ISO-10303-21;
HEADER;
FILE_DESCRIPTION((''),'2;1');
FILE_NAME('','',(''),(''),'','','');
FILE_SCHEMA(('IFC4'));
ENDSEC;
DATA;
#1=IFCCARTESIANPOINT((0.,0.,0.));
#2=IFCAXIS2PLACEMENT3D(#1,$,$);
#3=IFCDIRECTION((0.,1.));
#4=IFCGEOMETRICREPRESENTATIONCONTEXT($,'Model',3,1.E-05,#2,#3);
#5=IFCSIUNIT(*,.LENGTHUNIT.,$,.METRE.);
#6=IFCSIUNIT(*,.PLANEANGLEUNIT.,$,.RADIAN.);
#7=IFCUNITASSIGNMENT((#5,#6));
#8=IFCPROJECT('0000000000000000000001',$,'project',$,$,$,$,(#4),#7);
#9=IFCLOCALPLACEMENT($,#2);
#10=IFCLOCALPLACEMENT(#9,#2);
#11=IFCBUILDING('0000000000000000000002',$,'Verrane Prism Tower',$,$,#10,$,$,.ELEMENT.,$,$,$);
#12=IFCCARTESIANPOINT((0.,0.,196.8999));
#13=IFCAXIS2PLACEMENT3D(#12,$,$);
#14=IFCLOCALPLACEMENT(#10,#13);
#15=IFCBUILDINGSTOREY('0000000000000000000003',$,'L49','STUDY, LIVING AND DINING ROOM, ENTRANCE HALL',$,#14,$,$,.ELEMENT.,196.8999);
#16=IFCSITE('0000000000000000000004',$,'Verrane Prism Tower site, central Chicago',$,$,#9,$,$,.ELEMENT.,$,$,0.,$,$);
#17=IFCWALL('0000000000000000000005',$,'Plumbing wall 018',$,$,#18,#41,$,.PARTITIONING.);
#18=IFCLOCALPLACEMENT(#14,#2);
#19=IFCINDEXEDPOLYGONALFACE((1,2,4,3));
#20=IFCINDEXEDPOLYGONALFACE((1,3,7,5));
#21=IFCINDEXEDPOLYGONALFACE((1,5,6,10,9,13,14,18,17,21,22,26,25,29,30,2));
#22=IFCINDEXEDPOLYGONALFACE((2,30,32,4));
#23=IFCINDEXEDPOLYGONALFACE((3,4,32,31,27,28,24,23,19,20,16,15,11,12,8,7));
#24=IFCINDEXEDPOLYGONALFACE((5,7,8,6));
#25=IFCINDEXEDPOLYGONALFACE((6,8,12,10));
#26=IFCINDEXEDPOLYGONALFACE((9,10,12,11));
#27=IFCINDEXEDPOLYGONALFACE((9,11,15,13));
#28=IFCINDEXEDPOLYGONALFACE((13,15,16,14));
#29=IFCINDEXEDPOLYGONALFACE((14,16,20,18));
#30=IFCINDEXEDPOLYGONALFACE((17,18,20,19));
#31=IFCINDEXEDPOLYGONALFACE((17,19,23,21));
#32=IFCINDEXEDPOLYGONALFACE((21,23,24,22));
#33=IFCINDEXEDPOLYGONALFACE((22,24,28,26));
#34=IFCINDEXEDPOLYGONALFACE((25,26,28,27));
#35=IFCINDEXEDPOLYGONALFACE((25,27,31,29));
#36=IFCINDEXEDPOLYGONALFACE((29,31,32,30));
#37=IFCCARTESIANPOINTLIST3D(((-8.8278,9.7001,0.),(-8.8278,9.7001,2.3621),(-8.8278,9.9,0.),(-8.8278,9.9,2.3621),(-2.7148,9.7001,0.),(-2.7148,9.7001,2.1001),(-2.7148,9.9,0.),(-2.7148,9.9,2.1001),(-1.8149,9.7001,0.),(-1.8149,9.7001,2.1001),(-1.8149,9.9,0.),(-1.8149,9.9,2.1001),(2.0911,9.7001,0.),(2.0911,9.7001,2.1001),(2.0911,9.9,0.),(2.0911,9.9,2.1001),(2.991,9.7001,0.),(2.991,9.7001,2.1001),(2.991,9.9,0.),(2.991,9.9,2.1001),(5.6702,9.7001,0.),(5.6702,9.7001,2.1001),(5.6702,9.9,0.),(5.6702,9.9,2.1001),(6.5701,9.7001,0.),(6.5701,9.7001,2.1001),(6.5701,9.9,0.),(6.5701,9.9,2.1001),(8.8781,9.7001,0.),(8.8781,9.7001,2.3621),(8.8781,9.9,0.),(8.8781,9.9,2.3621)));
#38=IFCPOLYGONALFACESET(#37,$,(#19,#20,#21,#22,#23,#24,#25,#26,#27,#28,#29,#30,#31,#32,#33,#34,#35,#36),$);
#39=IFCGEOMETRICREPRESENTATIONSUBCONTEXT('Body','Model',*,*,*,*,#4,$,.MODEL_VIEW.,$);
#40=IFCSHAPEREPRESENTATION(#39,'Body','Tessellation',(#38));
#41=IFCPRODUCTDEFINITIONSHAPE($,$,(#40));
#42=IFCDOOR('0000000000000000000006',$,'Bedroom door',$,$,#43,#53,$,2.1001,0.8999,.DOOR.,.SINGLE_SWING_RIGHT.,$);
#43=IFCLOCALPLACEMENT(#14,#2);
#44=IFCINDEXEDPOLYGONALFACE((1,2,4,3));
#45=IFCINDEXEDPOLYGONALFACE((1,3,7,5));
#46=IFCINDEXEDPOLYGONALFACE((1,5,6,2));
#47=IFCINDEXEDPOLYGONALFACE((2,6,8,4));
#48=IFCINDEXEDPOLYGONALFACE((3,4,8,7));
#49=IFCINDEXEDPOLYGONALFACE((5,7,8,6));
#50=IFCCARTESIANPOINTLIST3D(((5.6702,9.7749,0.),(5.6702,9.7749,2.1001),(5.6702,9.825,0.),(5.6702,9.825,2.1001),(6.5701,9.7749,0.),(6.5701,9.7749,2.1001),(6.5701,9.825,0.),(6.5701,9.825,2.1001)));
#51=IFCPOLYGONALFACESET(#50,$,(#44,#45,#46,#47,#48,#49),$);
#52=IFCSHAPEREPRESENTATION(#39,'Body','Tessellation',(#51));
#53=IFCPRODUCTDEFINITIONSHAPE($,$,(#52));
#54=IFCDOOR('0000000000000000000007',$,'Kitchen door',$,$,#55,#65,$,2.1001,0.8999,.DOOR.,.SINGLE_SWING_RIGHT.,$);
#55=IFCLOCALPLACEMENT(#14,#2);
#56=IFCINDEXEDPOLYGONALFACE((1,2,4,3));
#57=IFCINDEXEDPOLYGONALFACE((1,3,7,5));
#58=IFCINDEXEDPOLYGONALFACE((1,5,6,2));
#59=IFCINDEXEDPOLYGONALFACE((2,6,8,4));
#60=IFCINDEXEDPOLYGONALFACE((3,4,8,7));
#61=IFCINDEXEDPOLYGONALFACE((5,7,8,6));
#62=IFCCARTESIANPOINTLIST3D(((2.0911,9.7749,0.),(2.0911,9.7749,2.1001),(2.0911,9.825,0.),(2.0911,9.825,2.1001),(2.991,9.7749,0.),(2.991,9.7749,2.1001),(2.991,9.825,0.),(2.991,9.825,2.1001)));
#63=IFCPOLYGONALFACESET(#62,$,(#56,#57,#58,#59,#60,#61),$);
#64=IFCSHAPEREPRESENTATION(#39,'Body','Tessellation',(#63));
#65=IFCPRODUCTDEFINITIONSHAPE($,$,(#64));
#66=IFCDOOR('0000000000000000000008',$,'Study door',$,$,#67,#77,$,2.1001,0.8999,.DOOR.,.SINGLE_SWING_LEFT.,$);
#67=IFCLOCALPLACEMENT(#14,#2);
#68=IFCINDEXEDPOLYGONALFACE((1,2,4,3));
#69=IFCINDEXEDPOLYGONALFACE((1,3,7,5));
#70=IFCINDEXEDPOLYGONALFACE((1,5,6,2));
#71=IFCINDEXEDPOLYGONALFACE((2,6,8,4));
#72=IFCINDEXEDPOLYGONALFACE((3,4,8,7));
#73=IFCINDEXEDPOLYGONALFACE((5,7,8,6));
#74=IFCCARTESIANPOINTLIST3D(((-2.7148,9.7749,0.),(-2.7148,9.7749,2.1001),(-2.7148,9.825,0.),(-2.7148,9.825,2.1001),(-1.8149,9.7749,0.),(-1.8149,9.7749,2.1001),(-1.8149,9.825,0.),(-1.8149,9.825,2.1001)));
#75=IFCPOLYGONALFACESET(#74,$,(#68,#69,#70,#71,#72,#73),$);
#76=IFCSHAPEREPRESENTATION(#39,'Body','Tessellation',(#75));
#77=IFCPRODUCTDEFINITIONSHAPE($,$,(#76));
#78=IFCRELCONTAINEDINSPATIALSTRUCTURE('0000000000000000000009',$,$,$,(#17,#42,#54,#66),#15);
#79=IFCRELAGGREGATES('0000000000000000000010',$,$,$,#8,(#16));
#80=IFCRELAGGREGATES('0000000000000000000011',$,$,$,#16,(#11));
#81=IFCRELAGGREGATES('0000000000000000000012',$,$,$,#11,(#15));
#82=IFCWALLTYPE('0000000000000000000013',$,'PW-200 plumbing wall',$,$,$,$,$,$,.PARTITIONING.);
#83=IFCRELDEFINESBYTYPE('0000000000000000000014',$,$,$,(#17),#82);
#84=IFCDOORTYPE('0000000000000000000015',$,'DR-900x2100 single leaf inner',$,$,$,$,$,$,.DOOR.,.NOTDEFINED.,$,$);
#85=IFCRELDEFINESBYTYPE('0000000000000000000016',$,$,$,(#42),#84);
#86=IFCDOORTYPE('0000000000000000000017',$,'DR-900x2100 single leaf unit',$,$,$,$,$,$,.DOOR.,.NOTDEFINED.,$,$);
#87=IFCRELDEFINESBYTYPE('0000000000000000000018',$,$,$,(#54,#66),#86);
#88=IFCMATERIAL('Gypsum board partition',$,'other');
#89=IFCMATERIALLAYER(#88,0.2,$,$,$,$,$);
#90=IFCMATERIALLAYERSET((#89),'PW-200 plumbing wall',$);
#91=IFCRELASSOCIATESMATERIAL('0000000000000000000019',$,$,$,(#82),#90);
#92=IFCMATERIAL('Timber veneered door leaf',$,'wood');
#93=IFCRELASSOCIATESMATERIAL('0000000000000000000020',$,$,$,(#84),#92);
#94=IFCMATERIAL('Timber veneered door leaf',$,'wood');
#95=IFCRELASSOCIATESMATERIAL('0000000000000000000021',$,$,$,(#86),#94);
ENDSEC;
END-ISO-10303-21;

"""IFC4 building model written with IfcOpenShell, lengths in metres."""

from ifc_helpers import new_model, si_unit, direction, frame, frame_2d, origin, place, context, subcontext, project, spatial, rectangle, extrude, material, layer, layer_set, type_object, element, fill, save


model = new_model("IFC4")

# Units and contexts
model_context = context("Model", 3, precision=1e-05, world=origin(), true_north=direction((0.0, 1.0)))
body_context = subcontext(model_context, "Body", "Model", "MODEL_VIEW")
ifc_project = project(units=[si_unit("LENGTHUNIT", "METRE"), si_unit("PLANEANGLEUNIT", "RADIAN")], contexts=[model_context])

# Site, building, storey
site_placement = place(None, origin())
site = spatial("IfcSite", under=ifc_project, at=site_placement, Name="Verrane Prism Tower site, central Chicago", CompositionType="ELEMENT", RefElevation=0.0)
building_placement = place(site_placement, origin())
building = spatial("IfcBuilding", under=site, at=building_placement, Name="Verrane Prism Tower", CompositionType="ELEMENT")
storey_placement = place(building_placement, frame((0.0, 0.0, 196.8999)))
storey = spatial("IfcBuildingStorey", under=building, at=storey_placement, Name="L49", Description="STUDY, LIVING AND DINING ROOM, ENTRANCE HALL", CompositionType="ELEMENT", Elevation=196.8999)

# Wall, openings, doors
ifc_material_1 = material(Name="Gypsum board partition", Category="other")
ifc_layer_1 = layer(ifc_material_1, 0.2)
ifc_layer_set_1 = layer_set([ifc_layer_1], Name="PW-200 plumbing wall")
wall_type_1 = type_object("IfcWallType", Name="PW-200 plumbing wall", PredefinedType="PARTITIONING", material=ifc_layer_set_1)
wall_1_placement = place(storey_placement, frame((-8.8279, 9.8, 0.0), z_axis=(0.0, 0.0, 1.0), x_axis=(1.0, 0.0, 0.0)))
wall_1 = element("IfcWall", 1, at=wall_1_placement, inside=storey, type_object=wall_type_1, Name="Plumbing wall 018", PredefinedType="PARTITIONING", context=body_context, shape_type="SweptSolid", body=[
    extrude(rectangle(XDim=17.7058, YDim=0.2, at=frame_2d((8.853, 0.0))), origin(), (0.0, 0.0, 1.0), 2.3621),
])
opening_1_placement = place(wall_1_placement, frame((14.498, 0.0, 0.0)))
opening_1 = element("IfcOpeningElement", 2, at=opening_1_placement, cuts=wall_1, PredefinedType="OPENING", context=body_context, shape_type="SweptSolid", body=[
    extrude(rectangle(XDim=0.8999, YDim=2.1001, at=frame_2d((0.45, 1.05))), frame((0.0, 0.1099, 0.0), z_axis=(0.0, -1.0, 0.0), x_axis=(1.0, 0.0, 0.0)), (0.0, 0.0, 1.0), 0.22),
])
opening_2_placement = place(wall_1_placement, frame((10.9189, 0.0, 0.0)))
opening_2 = element("IfcOpeningElement", 3, at=opening_2_placement, cuts=wall_1, PredefinedType="OPENING", context=body_context, shape_type="SweptSolid", body=[
    extrude(rectangle(XDim=0.8999, YDim=2.1001, at=frame_2d((0.45, 1.05))), frame((0.0, 0.1099, 0.0), z_axis=(0.0, -1.0, 0.0), x_axis=(1.0, 0.0, 0.0)), (0.0, 0.0, 1.0), 0.22),
])
opening_3_placement = place(wall_1_placement, frame((6.113, 0.0, 0.0)))
opening_3 = element("IfcOpeningElement", 4, at=opening_3_placement, cuts=wall_1, PredefinedType="OPENING", context=body_context, shape_type="SweptSolid", body=[
    extrude(rectangle(XDim=0.8999, YDim=2.1001, at=frame_2d((0.45, 1.05))), frame((0.0, 0.1099, 0.0), z_axis=(0.0, -1.0, 0.0), x_axis=(1.0, 0.0, 0.0)), (0.0, 0.0, 1.0), 0.22),
])
ifc_material_2 = material(Name="Timber veneered door leaf", Category="wood")
door_type_1 = type_object("IfcDoorType", Name="DR-900x2100 single leaf inner", OperationType="NOTDEFINED", PredefinedType="DOOR", material=ifc_material_2)
door_1_placement = place(opening_1_placement, origin())
door_1 = element("IfcDoor", 5, at=door_1_placement, inside=storey, type_object=door_type_1, Name="Bedroom door", OperationType="SINGLE_SWING_RIGHT", OverallHeight=2.1001, OverallWidth=0.8999, PredefinedType="DOOR", context=body_context, shape_type="SweptSolid", body=[
    extrude(rectangle(XDim=0.8999, YDim=2.1001, at=frame_2d((0.45, 1.05))), frame((0.0, 0.0249, 0.0), z_axis=(0.0, -1.0, 0.0), x_axis=(1.0, 0.0, 0.0)), (0.0, 0.0, 1.0), 0.05),
])
fill(opening_1, door_1)
ifc_material_3 = material(Name="Timber veneered door leaf", Category="wood")
door_type_2 = type_object("IfcDoorType", Name="DR-900x2100 single leaf unit", OperationType="NOTDEFINED", PredefinedType="DOOR", material=ifc_material_3)
door_2_placement = place(opening_2_placement, origin())
door_2 = element("IfcDoor", 6, at=door_2_placement, inside=storey, type_object=door_type_2, Name="Kitchen door", OperationType="SINGLE_SWING_RIGHT", OverallHeight=2.1001, OverallWidth=0.8999, PredefinedType="DOOR", context=body_context, shape_type="SweptSolid", body=[
    extrude(rectangle(XDim=0.8999, YDim=2.1001, at=frame_2d((0.45, 1.05))), frame((0.0, 0.0249, 0.0), z_axis=(0.0, -1.0, 0.0), x_axis=(1.0, 0.0, 0.0)), (0.0, 0.0, 1.0), 0.05),
])
fill(opening_2, door_2)
door_3_placement = place(opening_3_placement, origin())
door_3 = element("IfcDoor", 7, at=door_3_placement, inside=storey, type_object=door_type_2, Name="Study door", OperationType="SINGLE_SWING_LEFT", OverallHeight=2.1001, OverallWidth=0.8999, PredefinedType="DOOR", context=body_context, shape_type="SweptSolid", body=[
    extrude(rectangle(XDim=0.8999, YDim=2.1001, at=frame_2d((0.45, 1.05))), frame((0.0, 0.0249, 0.0), z_axis=(0.0, -1.0, 0.0), x_axis=(1.0, 0.0, 0.0)), (0.0, 0.0, 1.0), 0.05),
])
fill(opening_3, door_3)

save(model, "model.ifc")
